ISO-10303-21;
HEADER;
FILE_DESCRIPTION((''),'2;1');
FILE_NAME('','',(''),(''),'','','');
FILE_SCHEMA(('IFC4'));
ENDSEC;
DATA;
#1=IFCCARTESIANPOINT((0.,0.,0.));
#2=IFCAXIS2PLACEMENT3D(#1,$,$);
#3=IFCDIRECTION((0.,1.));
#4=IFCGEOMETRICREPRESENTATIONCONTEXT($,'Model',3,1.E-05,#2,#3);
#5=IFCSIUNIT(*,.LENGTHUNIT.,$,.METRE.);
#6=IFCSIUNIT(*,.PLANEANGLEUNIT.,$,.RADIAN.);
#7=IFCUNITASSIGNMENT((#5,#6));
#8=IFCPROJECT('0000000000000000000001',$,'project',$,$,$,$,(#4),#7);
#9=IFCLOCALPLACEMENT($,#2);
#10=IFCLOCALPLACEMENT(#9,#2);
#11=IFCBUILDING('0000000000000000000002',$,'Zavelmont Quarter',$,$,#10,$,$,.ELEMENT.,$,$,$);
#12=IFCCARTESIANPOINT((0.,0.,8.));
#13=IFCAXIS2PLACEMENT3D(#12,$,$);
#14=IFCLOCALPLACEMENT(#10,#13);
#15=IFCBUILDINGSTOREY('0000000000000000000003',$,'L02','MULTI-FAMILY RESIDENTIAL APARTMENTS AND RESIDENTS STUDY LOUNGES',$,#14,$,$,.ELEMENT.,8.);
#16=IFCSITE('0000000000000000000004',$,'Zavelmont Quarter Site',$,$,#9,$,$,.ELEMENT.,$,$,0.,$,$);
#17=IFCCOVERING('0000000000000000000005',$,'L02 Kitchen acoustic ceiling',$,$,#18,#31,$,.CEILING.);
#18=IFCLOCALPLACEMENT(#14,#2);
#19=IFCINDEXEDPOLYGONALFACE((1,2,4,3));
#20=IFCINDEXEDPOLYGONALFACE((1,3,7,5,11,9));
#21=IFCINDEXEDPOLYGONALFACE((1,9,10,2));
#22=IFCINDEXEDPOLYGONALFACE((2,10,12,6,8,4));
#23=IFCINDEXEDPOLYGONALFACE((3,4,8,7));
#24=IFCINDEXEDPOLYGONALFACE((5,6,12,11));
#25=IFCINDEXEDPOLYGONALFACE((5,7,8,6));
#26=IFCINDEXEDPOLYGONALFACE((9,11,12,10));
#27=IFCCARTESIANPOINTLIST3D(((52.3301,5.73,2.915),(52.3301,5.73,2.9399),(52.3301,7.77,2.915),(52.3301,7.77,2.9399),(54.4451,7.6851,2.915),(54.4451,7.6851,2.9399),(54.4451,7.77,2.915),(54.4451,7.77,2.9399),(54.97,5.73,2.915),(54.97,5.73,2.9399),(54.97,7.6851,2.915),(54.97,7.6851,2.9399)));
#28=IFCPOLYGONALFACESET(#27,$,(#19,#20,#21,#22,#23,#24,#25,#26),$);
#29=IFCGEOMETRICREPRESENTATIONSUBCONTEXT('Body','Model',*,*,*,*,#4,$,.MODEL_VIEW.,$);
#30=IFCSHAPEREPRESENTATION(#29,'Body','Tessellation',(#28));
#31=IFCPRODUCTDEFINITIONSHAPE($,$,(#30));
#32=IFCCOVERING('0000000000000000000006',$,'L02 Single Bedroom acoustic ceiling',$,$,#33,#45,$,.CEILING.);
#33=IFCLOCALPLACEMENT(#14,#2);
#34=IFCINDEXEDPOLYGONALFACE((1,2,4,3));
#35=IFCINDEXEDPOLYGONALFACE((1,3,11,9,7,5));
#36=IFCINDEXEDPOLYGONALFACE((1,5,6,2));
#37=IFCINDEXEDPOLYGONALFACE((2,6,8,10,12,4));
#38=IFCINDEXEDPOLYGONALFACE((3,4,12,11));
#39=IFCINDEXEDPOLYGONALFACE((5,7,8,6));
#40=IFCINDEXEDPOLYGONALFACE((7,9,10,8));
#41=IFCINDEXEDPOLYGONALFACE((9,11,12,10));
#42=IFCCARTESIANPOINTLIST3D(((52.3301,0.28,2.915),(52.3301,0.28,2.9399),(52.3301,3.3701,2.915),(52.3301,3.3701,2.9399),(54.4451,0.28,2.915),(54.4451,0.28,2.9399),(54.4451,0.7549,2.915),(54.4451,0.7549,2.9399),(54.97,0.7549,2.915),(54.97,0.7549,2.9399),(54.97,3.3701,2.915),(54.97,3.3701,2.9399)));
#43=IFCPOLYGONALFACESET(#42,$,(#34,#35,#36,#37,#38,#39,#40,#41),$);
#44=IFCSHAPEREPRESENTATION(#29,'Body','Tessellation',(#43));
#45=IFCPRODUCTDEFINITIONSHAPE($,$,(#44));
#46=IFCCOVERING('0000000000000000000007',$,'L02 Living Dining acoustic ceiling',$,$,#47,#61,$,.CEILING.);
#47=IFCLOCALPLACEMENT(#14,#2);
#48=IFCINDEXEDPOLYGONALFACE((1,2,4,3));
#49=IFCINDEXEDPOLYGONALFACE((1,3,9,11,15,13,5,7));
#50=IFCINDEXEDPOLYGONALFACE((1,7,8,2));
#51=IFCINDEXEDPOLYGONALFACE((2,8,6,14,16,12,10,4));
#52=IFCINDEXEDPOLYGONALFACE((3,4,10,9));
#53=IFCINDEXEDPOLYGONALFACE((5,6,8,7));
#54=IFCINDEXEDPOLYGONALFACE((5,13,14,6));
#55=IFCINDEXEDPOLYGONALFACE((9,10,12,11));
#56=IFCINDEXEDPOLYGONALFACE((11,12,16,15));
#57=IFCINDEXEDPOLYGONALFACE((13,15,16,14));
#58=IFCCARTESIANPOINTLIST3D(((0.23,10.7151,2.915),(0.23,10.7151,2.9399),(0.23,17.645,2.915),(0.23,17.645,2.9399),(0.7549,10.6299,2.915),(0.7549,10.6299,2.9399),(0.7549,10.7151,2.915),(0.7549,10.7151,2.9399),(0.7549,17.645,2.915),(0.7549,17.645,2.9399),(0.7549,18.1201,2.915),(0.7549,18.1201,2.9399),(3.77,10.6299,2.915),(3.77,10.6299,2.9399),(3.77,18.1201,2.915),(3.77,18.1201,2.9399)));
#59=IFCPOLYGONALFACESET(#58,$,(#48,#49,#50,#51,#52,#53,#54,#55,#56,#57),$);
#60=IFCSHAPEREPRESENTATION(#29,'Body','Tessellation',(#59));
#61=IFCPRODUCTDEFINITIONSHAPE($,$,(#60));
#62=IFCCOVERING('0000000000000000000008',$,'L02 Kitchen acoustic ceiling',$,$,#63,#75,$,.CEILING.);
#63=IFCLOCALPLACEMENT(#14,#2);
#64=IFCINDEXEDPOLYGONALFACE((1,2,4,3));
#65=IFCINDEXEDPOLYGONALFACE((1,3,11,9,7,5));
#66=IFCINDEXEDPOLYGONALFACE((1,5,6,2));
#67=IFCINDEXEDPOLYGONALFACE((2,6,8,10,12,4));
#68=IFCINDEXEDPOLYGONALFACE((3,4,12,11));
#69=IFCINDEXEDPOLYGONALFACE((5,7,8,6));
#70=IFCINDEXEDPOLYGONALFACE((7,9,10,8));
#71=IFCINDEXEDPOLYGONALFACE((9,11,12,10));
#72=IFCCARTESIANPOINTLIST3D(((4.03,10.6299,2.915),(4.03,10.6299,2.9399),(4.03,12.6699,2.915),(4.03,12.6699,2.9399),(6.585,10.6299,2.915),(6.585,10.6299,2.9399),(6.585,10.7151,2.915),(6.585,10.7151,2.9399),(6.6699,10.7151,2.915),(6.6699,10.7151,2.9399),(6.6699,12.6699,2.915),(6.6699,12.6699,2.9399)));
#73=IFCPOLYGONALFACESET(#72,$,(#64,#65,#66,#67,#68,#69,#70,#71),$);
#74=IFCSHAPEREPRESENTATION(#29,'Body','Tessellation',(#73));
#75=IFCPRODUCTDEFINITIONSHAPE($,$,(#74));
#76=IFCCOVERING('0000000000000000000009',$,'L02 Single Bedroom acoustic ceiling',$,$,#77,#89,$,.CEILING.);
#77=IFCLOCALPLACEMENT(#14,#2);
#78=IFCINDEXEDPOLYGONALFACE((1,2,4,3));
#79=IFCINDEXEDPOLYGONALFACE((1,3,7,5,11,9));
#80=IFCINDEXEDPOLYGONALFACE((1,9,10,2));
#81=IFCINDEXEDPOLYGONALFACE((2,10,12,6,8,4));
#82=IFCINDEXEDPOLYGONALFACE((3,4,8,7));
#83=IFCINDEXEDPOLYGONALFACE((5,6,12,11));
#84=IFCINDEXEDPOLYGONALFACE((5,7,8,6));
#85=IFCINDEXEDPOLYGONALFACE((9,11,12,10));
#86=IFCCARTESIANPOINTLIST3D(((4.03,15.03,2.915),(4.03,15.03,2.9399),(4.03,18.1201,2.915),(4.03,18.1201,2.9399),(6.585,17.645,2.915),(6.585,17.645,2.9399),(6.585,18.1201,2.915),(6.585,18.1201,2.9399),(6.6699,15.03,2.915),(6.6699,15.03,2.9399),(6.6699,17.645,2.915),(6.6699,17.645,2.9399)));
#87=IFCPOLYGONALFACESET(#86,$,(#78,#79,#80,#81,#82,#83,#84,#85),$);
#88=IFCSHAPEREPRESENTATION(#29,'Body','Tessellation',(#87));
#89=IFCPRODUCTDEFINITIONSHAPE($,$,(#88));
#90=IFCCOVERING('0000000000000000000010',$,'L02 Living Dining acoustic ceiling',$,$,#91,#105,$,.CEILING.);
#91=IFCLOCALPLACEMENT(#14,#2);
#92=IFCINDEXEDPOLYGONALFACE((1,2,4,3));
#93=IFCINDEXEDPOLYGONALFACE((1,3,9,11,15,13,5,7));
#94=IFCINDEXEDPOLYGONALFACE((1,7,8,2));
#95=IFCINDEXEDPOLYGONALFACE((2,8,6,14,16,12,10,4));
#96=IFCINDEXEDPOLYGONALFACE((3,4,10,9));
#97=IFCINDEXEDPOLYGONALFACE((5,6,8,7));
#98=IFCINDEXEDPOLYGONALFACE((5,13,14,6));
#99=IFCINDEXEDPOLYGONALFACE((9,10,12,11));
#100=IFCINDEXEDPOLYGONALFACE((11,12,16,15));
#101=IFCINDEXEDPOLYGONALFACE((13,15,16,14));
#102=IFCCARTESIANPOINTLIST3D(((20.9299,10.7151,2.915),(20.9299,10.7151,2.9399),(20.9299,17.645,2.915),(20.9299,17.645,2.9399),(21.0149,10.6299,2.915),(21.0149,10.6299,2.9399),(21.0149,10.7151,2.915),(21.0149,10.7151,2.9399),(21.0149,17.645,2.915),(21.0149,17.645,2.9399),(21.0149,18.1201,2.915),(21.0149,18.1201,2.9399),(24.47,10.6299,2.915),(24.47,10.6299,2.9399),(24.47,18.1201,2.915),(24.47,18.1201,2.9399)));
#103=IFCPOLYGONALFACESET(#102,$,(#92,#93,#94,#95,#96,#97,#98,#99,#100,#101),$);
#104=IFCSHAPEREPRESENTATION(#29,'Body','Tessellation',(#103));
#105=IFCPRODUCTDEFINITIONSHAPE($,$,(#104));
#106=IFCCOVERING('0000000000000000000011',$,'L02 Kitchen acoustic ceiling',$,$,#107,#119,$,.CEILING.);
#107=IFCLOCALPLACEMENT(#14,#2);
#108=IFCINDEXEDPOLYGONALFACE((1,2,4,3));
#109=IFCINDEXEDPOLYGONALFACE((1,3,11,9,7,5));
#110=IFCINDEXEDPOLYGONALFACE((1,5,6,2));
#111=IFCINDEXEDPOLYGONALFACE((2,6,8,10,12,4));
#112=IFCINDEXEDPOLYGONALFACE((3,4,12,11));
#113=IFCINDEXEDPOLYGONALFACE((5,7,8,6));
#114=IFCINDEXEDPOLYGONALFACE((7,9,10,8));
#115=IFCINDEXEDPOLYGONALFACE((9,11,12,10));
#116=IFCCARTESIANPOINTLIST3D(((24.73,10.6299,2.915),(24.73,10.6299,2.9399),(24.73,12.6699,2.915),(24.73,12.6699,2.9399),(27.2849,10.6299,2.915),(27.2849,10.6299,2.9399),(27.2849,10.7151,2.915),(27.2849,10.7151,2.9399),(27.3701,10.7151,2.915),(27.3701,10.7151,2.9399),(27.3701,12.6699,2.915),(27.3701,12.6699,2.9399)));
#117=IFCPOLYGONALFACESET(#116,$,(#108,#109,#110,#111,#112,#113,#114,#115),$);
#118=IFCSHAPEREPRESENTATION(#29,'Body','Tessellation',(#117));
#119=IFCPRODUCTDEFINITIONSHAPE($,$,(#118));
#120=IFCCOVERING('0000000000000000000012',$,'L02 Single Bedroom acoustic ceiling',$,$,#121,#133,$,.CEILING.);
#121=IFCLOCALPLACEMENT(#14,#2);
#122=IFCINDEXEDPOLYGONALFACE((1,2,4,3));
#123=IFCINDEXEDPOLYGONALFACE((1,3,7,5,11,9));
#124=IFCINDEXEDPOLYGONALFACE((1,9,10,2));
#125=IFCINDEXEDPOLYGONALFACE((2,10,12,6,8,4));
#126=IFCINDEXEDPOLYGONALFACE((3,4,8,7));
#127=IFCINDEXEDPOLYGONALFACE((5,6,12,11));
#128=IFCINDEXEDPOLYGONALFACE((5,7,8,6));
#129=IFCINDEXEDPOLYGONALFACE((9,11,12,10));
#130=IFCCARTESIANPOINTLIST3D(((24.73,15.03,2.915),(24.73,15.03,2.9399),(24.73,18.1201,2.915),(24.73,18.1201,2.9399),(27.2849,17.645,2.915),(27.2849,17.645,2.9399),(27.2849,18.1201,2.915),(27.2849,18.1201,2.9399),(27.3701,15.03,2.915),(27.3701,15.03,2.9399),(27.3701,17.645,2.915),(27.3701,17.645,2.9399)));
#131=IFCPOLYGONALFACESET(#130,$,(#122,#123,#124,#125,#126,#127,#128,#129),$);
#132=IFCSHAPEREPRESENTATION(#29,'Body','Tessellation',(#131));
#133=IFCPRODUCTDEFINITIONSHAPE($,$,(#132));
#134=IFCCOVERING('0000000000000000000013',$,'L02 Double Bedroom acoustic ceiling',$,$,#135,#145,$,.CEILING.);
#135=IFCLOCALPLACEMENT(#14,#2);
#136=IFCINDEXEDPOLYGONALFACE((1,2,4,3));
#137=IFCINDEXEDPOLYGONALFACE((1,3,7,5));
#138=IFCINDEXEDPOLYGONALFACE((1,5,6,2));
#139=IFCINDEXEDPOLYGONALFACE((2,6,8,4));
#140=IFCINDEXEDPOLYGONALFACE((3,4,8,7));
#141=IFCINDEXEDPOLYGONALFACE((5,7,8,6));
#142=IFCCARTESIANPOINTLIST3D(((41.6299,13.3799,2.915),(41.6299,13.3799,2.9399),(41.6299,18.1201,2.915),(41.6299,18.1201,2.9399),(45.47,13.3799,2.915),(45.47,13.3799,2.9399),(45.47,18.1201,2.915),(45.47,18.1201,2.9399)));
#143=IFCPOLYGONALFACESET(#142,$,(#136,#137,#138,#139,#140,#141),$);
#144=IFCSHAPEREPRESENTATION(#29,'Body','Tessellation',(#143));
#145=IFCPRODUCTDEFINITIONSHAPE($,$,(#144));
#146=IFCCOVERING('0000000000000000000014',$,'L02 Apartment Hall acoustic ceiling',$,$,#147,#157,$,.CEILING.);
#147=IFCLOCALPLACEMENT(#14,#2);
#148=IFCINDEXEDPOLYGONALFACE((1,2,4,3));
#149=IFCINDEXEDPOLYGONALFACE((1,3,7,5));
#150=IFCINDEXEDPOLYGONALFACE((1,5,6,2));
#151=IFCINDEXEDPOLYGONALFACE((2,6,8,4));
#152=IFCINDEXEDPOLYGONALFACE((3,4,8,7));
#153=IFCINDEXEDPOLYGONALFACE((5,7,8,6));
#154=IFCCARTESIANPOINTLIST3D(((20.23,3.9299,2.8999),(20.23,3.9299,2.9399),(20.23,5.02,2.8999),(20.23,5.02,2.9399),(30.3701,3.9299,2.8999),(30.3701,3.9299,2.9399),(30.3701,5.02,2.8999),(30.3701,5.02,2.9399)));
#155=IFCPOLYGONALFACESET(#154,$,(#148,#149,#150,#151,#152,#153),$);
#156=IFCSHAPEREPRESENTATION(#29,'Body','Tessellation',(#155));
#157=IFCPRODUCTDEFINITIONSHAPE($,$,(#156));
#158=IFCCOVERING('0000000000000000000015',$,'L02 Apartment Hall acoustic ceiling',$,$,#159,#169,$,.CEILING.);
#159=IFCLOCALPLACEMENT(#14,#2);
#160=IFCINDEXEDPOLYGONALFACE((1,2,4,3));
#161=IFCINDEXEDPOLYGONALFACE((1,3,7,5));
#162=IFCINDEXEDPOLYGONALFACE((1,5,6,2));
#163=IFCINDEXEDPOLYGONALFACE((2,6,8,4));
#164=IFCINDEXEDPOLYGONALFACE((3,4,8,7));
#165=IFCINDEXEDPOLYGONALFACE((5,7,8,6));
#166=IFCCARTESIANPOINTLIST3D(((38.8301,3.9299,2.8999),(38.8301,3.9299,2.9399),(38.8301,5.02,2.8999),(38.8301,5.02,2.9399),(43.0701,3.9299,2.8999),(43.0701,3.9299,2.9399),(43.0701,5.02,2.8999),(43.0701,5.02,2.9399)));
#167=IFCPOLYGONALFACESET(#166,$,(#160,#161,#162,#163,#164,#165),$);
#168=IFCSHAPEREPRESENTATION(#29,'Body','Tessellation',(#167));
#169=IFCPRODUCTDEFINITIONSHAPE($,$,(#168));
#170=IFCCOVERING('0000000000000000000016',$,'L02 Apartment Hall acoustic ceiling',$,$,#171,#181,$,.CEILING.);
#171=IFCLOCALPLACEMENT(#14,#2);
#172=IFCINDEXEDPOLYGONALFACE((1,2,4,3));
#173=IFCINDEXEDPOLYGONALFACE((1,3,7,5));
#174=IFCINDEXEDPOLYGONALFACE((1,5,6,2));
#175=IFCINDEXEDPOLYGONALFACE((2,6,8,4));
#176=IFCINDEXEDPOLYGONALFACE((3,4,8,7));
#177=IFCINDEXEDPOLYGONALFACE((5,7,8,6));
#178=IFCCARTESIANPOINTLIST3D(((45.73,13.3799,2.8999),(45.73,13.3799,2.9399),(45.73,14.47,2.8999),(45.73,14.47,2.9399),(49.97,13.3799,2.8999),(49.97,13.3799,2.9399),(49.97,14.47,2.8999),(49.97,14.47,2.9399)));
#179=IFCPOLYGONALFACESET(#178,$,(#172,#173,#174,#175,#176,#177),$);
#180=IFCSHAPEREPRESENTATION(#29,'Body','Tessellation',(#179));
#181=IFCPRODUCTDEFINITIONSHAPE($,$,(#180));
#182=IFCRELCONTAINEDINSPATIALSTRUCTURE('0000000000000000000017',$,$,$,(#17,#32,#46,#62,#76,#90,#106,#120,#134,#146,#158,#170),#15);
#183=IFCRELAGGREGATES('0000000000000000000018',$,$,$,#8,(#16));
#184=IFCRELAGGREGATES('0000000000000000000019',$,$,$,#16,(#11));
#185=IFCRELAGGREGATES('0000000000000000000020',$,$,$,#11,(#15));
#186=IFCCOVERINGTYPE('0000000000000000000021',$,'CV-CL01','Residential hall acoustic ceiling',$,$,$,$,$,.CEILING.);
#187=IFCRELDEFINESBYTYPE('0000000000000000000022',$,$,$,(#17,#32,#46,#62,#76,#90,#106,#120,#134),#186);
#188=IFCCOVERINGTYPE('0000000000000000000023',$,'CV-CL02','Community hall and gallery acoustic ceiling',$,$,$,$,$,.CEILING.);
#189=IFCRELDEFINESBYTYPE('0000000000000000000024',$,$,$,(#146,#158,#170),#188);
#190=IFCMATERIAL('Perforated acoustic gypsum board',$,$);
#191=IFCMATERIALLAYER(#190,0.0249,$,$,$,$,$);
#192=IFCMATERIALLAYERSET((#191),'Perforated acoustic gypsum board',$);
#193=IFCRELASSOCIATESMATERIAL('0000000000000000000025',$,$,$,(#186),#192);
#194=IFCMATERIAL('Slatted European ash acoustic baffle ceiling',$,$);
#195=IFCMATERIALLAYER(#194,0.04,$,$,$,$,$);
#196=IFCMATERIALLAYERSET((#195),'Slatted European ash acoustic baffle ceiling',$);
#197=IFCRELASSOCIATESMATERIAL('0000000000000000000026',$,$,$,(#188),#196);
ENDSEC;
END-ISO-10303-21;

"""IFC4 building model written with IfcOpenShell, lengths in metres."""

from ifc_helpers import new_model, si_unit, direction, frame, origin, place, context, subcontext, project, spatial, polyline, outline, extrude, material, layer, layer_set, type_object, element, save


model = new_model("IFC4")

# Units and contexts
model_context = context("Model", 3, precision=1e-05, world=origin(), true_north=direction((0.0, 1.0)))
body_context = subcontext(model_context, "Body", "Model", "MODEL_VIEW")
ifc_project = project(units=[si_unit("LENGTHUNIT", "METRE"), si_unit("PLANEANGLEUNIT", "RADIAN")], contexts=[model_context])

# Site, building, storey
site_placement = place(None, origin())
site = spatial("IfcSite", under=ifc_project, at=site_placement, Name="Zavelmont Quarter Site", CompositionType="ELEMENT", RefElevation=0.0)
building_placement = place(site_placement, origin())
building = spatial("IfcBuilding", under=site, at=building_placement, Name="Zavelmont Quarter", CompositionType="ELEMENT")
storey_placement = place(building_placement, frame((0.0, 0.0, 8.0)))
storey = spatial("IfcBuildingStorey", under=building, at=storey_placement, Name="L02", Description="MULTI-FAMILY RESIDENTIAL APARTMENTS AND RESIDENTS STUDY LOUNGES", CompositionType="ELEMENT", Elevation=8.0)

# Coverings
ifc_material_1 = material(Name="Perforated acoustic gypsum board")
ifc_layer_1 = layer(ifc_material_1, 0.0249)
ifc_layer_set_1 = layer_set([ifc_layer_1], Name="Perforated acoustic gypsum board")
covering_type_1 = type_object("IfcCoveringType", Name="CV-CL01", Description="Residential hall acoustic ceiling", PredefinedType="CEILING", material=ifc_layer_set_1)
covering_1_placement = place(storey_placement, frame((0.0, 0.0, 2.915)))
element("IfcCovering", 1, at=covering_1_placement, inside=storey, type_object=covering_type_1, Name="L02 Kitchen acoustic ceiling", PredefinedType="CEILING", context=body_context, shape_type="SweptSolid", body=[
    extrude(outline(polyline([(52.3301, 7.77), (54.4451, 7.77), (54.4451, 7.6851), (54.97, 7.6851), (54.97, 5.73), (52.3301, 5.73), (52.3301, 7.77)])), origin(), (0.0, 0.0, 1.0), 0.0249),
])
covering_2_placement = place(storey_placement, frame((0.0, 0.0, 2.915)))
element("IfcCovering", 2, at=covering_2_placement, inside=storey, type_object=covering_type_1, Name="L02 Single Bedroom acoustic ceiling", PredefinedType="CEILING", context=body_context, shape_type="SweptSolid", body=[
    extrude(outline(polyline([(52.3301, 3.3701), (54.97, 3.3701), (54.97, 0.7549), (54.4451, 0.7549), (54.4451, 0.28), (52.3301, 0.28), (52.3301, 3.3701)])), origin(), (0.0, 0.0, 1.0), 0.0249),
])
covering_3_placement = place(storey_placement, frame((0.0, 0.0, 2.915)))
element("IfcCovering", 3, at=covering_3_placement, inside=storey, type_object=covering_type_1, Name="L02 Living Dining acoustic ceiling", PredefinedType="CEILING", context=body_context, shape_type="SweptSolid", body=[
    extrude(outline(polyline([(0.23, 17.645), (0.7549, 17.645), (0.7549, 18.1201), (3.77, 18.1201), (3.77, 10.6299), (0.7549, 10.6299), (0.7549, 10.7151), (0.23, 10.7151), (0.23, 17.645)])), origin(), (0.0, 0.0, 1.0), 0.0249),
])
covering_4_placement = place(storey_placement, frame((0.0, 0.0, 2.915)))
element("IfcCovering", 4, at=covering_4_placement, inside=storey, type_object=covering_type_1, Name="L02 Kitchen acoustic ceiling", PredefinedType="CEILING", context=body_context, shape_type="SweptSolid", body=[
    extrude(outline(polyline([(4.03, 12.6699), (6.6699, 12.6699), (6.6699, 10.7151), (6.585, 10.7151), (6.585, 10.6299), (4.03, 10.6299), (4.03, 12.6699)])), origin(), (0.0, 0.0, 1.0), 0.0249),
])
covering_5_placement = place(storey_placement, frame((0.0, 0.0, 2.915)))
element("IfcCovering", 5, at=covering_5_placement, inside=storey, type_object=covering_type_1, Name="L02 Single Bedroom acoustic ceiling", PredefinedType="CEILING", context=body_context, shape_type="SweptSolid", body=[
    extrude(outline(polyline([(4.03, 18.1201), (6.585, 18.1201), (6.585, 17.645), (6.6699, 17.645), (6.6699, 15.03), (4.03, 15.03), (4.03, 18.1201)])), origin(), (0.0, 0.0, 1.0), 0.0249),
])
covering_6_placement = place(storey_placement, frame((0.0, 0.0, 2.915)))
element("IfcCovering", 6, at=covering_6_placement, inside=storey, type_object=covering_type_1, Name="L02 Living Dining acoustic ceiling", PredefinedType="CEILING", context=body_context, shape_type="SweptSolid", body=[
    extrude(outline(polyline([(20.9299, 17.645), (21.0149, 17.645), (21.0149, 18.1201), (24.47, 18.1201), (24.47, 10.6299), (21.0149, 10.6299), (21.0149, 10.7151), (20.9299, 10.7151), (20.9299, 17.645)])), origin(), (0.0, 0.0, 1.0), 0.0249),
])
covering_7_placement = place(storey_placement, frame((0.0, 0.0, 2.915)))
element("IfcCovering", 7, at=covering_7_placement, inside=storey, type_object=covering_type_1, Name="L02 Kitchen acoustic ceiling", PredefinedType="CEILING", context=body_context, shape_type="SweptSolid", body=[
    extrude(outline(polyline([(24.73, 12.6699), (27.3701, 12.6699), (27.3701, 10.7151), (27.2849, 10.7151), (27.2849, 10.6299), (24.73, 10.6299), (24.73, 12.6699)])), origin(), (0.0, 0.0, 1.0), 0.0249),
])
covering_8_placement = place(storey_placement, frame((0.0, 0.0, 2.915)))
element("IfcCovering", 8, at=covering_8_placement, inside=storey, type_object=covering_type_1, Name="L02 Single Bedroom acoustic ceiling", PredefinedType="CEILING", context=body_context, shape_type="SweptSolid", body=[
    extrude(outline(polyline([(24.73, 18.1201), (27.2849, 18.1201), (27.2849, 17.645), (27.3701, 17.645), (27.3701, 15.03), (24.73, 15.03), (24.73, 18.1201)])), origin(), (0.0, 0.0, 1.0), 0.0249),
])
covering_9_placement = place(storey_placement, frame((0.0, 0.0, 2.915)))
element("IfcCovering", 9, at=covering_9_placement, inside=storey, type_object=covering_type_1, Name="L02 Double Bedroom acoustic ceiling", PredefinedType="CEILING", context=body_context, shape_type="SweptSolid", body=[
    extrude(outline(polyline([(41.6299, 18.1201), (45.47, 18.1201), (45.47, 13.3799), (41.6299, 13.3799), (41.6299, 18.1201)])), origin(), (0.0, 0.0, 1.0), 0.0249),
])
ifc_material_2 = material(Name="Slatted European ash acoustic baffle ceiling")
ifc_layer_2 = layer(ifc_material_2, 0.04)
ifc_layer_set_2 = layer_set([ifc_layer_2], Name="Slatted European ash acoustic baffle ceiling")
covering_type_2 = type_object("IfcCoveringType", Name="CV-CL02", Description="Community hall and gallery acoustic ceiling", PredefinedType="CEILING", material=ifc_layer_set_2)
covering_10_placement = place(storey_placement, frame((0.0, 0.0, 2.8999)))
element("IfcCovering", 10, at=covering_10_placement, inside=storey, type_object=covering_type_2, Name="L02 Apartment Hall acoustic ceiling", PredefinedType="CEILING", context=body_context, shape_type="SweptSolid", body=[
    extrude(outline(polyline([(20.23, 5.02), (30.3701, 5.02), (30.3701, 3.9299), (20.23, 3.9299), (20.23, 5.02)])), origin(), (0.0, 0.0, 1.0), 0.04),
])
covering_11_placement = place(storey_placement, frame((0.0, 0.0, 2.8999)))
element("IfcCovering", 11, at=covering_11_placement, inside=storey, type_object=covering_type_2, Name="L02 Apartment Hall acoustic ceiling", PredefinedType="CEILING", context=body_context, shape_type="SweptSolid", body=[
    extrude(outline(polyline([(38.8301, 5.02), (43.0701, 5.02), (43.0701, 3.9299), (38.8301, 3.9299), (38.8301, 5.02)])), origin(), (0.0, 0.0, 1.0), 0.04),
])
covering_12_placement = place(storey_placement, frame((0.0, 0.0, 2.8999)))
element("IfcCovering", 12, at=covering_12_placement, inside=storey, type_object=covering_type_2, Name="L02 Apartment Hall acoustic ceiling", PredefinedType="CEILING", context=body_context, shape_type="SweptSolid", body=[
    extrude(outline(polyline([(45.73, 14.47), (49.97, 14.47), (49.97, 13.3799), (45.73, 13.3799), (45.73, 14.47)])), origin(), (0.0, 0.0, 1.0), 0.04),
])

save(model, "model.ifc")
